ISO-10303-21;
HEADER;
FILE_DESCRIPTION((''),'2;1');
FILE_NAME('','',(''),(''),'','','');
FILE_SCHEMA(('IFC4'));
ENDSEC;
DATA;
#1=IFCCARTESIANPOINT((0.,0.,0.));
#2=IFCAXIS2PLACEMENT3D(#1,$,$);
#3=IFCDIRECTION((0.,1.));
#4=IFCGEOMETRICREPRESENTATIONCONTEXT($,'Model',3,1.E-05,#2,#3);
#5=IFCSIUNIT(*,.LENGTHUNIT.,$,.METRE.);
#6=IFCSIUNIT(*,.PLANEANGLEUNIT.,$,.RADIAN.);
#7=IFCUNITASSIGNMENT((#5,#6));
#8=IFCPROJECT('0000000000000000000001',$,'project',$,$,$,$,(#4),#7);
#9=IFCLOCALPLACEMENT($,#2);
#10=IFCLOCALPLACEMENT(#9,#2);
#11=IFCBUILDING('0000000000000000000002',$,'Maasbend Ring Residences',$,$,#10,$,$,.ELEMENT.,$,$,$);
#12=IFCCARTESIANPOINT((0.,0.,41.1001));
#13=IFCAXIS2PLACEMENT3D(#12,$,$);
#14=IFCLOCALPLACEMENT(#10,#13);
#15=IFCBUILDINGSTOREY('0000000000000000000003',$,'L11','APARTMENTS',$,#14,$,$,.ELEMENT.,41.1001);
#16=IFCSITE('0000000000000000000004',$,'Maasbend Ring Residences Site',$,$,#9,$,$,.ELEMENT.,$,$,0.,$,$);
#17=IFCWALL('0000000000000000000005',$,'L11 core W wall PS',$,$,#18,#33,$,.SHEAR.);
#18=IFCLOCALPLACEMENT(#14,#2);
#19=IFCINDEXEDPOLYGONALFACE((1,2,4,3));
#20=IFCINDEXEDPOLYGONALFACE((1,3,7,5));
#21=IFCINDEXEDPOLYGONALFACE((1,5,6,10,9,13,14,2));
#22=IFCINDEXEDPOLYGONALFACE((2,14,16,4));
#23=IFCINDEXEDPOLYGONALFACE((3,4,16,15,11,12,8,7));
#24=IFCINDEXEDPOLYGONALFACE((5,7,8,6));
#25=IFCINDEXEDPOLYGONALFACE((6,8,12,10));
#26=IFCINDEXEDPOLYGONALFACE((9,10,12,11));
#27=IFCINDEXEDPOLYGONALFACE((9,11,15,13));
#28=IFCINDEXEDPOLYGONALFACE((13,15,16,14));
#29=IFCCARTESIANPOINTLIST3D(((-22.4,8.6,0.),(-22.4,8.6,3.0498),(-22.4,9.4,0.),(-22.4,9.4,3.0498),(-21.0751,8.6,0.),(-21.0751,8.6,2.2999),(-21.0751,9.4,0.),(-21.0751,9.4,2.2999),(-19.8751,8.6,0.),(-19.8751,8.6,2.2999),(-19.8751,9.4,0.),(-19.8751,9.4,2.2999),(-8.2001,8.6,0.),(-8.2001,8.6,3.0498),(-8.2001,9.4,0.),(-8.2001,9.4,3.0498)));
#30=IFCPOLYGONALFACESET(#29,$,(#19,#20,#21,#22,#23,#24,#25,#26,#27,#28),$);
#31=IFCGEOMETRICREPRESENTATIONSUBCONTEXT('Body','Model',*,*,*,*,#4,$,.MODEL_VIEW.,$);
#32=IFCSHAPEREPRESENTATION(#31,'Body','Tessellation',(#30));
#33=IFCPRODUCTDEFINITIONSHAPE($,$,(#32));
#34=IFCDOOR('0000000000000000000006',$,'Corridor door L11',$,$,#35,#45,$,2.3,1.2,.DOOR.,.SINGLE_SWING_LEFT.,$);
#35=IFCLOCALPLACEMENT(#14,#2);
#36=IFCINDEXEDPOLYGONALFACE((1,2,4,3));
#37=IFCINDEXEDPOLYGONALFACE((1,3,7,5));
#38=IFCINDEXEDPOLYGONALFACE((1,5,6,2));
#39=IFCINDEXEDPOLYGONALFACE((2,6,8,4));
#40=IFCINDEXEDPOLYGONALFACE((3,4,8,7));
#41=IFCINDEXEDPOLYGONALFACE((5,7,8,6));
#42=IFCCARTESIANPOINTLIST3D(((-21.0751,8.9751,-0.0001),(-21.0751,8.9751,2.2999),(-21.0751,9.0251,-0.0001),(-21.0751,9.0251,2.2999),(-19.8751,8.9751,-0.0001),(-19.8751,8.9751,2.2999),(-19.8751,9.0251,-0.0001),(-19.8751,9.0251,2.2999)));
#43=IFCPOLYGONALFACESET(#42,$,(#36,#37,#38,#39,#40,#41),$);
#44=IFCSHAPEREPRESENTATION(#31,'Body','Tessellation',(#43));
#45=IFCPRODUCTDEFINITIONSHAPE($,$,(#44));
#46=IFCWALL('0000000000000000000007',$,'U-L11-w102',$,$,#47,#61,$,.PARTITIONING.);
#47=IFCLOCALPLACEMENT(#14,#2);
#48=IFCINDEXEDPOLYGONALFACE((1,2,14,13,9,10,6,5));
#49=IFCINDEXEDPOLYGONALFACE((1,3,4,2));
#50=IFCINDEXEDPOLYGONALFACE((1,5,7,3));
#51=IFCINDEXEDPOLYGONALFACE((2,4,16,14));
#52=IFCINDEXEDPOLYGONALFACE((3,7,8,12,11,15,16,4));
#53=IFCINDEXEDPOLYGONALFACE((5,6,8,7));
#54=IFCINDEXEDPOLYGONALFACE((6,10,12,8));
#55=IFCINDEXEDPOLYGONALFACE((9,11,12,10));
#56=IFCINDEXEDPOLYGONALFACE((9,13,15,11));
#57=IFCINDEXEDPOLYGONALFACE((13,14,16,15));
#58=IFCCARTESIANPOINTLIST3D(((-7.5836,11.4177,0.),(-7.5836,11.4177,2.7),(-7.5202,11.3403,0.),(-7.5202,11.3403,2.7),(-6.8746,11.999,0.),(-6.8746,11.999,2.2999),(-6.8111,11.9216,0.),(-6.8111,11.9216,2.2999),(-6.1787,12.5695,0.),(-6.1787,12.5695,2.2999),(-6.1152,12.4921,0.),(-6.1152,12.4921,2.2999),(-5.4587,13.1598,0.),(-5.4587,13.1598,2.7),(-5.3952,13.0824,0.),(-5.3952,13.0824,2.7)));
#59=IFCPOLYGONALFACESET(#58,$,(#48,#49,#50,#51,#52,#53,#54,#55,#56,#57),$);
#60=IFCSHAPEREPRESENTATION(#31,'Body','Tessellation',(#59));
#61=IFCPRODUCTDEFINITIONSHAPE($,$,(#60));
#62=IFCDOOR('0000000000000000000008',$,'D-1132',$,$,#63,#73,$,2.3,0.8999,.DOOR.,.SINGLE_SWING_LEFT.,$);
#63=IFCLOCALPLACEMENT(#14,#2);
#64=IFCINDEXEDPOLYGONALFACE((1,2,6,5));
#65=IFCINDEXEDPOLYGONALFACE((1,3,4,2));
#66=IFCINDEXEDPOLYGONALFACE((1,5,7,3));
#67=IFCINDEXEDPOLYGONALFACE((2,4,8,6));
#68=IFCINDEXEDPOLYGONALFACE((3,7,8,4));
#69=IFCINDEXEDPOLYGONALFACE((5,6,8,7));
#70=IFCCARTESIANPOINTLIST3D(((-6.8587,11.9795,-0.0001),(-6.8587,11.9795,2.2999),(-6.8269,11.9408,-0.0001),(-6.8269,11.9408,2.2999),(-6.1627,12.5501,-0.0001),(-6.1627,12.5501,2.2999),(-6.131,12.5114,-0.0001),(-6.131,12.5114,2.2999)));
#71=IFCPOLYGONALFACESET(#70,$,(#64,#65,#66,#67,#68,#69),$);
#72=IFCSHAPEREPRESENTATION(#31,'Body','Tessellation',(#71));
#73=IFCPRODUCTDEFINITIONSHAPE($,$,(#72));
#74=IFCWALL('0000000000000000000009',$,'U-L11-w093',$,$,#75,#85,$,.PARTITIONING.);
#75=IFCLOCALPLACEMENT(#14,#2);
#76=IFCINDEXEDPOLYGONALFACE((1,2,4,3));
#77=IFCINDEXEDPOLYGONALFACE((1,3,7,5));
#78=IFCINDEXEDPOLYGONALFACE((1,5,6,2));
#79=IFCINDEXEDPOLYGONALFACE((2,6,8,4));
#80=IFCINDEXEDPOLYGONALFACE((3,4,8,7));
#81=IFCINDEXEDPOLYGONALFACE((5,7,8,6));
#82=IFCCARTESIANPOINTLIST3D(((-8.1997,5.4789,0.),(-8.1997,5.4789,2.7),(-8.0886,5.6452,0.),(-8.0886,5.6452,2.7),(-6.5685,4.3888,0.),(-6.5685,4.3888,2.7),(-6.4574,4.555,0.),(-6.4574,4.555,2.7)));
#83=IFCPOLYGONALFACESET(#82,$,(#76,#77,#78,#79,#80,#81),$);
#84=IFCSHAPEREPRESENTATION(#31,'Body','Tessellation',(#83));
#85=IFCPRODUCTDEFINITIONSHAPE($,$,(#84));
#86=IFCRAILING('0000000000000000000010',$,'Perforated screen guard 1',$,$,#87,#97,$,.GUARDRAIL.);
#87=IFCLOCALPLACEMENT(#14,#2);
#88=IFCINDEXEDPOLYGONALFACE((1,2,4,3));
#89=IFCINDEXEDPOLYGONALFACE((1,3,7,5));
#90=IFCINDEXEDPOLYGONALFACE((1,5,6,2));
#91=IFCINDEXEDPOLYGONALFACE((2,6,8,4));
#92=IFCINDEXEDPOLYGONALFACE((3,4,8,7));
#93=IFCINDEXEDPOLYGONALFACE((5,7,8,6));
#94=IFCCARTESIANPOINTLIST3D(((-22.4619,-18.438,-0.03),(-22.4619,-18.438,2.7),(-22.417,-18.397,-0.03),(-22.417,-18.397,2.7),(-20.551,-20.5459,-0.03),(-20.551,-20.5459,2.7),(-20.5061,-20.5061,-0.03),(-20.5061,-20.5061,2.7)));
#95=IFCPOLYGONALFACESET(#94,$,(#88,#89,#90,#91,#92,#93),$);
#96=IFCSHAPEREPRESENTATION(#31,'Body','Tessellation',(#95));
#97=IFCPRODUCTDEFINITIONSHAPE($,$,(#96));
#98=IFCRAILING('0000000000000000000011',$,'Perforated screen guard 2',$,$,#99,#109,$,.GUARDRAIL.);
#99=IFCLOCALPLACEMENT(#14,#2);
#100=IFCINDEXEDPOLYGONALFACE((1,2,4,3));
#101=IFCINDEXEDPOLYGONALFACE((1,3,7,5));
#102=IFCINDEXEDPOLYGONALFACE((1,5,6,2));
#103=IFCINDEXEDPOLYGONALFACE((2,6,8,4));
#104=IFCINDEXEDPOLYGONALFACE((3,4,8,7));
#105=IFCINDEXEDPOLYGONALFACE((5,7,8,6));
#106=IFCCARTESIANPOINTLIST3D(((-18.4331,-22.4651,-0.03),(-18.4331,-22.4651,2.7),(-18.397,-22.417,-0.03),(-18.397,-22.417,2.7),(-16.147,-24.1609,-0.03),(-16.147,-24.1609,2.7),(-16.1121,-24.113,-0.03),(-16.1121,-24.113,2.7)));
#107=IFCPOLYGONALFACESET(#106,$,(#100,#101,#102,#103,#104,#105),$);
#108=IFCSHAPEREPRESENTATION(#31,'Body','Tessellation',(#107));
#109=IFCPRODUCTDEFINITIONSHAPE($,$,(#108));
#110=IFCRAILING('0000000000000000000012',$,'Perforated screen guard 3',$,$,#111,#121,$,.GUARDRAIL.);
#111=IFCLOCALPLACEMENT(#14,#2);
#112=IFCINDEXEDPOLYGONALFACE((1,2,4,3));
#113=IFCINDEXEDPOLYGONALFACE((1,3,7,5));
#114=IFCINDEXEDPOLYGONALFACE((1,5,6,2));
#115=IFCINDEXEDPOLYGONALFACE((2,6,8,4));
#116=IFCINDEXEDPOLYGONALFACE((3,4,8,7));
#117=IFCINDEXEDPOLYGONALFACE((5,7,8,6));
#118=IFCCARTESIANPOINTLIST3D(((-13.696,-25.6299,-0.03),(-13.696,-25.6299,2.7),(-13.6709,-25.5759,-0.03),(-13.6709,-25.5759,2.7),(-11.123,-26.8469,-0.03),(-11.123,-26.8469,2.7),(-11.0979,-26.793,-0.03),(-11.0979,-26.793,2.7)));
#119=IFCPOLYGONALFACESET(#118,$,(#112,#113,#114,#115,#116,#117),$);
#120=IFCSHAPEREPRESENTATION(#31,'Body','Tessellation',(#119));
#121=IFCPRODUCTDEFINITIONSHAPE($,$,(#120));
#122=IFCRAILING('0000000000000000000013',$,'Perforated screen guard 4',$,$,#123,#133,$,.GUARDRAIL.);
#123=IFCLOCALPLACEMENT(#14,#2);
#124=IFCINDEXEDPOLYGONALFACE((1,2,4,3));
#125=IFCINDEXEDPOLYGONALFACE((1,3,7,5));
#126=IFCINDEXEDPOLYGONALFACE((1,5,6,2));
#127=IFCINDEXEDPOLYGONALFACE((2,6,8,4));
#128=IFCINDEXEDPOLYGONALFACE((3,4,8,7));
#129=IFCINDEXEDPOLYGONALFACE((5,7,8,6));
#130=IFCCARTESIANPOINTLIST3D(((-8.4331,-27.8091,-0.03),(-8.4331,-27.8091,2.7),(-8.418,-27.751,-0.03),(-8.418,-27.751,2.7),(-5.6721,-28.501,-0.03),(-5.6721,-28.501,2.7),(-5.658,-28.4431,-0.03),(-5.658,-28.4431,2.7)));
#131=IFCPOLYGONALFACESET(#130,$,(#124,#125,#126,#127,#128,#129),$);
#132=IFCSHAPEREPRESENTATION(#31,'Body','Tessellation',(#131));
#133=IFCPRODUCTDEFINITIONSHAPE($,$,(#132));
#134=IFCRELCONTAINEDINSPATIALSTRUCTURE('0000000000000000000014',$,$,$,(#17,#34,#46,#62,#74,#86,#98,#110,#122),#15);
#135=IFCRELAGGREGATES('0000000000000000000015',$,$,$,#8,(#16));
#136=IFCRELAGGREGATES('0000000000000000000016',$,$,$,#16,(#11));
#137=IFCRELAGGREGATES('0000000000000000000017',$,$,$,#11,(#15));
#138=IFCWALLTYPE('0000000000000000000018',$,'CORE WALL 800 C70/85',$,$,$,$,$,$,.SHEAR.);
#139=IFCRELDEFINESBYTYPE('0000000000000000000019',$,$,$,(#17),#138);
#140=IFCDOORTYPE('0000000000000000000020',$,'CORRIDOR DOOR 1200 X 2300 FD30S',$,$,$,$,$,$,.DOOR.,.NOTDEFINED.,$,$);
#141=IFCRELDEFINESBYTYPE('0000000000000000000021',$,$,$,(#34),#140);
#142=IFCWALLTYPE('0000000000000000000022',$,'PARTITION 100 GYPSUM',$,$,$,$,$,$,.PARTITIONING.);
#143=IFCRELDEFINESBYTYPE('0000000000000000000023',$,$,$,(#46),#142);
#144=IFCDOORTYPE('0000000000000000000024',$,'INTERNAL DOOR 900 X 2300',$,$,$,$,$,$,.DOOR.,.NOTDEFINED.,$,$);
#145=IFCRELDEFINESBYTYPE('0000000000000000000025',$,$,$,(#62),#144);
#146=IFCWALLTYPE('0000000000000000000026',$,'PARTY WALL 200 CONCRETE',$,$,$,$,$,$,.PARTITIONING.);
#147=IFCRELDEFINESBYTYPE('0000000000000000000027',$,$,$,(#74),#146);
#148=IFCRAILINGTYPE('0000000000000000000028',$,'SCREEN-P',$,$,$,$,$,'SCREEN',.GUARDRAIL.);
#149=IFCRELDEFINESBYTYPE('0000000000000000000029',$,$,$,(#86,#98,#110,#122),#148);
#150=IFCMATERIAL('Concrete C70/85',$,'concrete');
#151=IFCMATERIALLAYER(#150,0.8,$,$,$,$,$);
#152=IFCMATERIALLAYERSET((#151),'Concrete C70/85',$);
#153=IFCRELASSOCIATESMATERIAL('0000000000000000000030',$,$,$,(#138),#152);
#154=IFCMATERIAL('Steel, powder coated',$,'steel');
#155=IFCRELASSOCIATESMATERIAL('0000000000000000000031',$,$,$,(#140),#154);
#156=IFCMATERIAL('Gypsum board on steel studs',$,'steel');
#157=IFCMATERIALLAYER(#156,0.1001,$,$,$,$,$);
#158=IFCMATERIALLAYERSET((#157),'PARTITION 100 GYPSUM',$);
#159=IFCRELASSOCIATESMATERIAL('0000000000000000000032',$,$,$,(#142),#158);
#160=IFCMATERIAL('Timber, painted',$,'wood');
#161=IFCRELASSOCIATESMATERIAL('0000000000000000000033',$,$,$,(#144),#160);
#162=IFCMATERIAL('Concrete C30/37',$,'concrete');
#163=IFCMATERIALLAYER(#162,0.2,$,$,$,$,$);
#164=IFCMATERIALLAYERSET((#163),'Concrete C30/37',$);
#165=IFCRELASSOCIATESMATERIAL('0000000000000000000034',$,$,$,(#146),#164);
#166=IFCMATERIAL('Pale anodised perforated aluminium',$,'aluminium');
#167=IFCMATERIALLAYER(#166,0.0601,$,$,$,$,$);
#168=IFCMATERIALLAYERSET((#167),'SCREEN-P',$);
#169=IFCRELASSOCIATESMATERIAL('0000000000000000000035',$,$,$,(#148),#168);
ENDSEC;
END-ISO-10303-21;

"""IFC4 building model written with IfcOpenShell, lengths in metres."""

from ifc_helpers import new_model, si_unit, direction, frame, frame_2d, origin, place, context, subcontext, project, spatial, polyline, rectangle, outline, extrude, material, layer, layer_set, type_object, element, fill, save


model = new_model("IFC4")

# Units and contexts
model_context = context("Model", 3, precision=1e-05, world=origin(), true_north=direction((0.0, 1.0)))
body_context = subcontext(model_context, "Body", "Model", "MODEL_VIEW")
ifc_project = project(units=[si_unit("LENGTHUNIT", "METRE"), si_unit("PLANEANGLEUNIT", "RADIAN")], contexts=[model_context])

# Site, building, storey
site_placement = place(None, origin())
site = spatial("IfcSite", under=ifc_project, at=site_placement, Name="Maasbend Ring Residences Site", CompositionType="ELEMENT", RefElevation=0.0)
building_placement = place(site_placement, origin())
building = spatial("IfcBuilding", under=site, at=building_placement, Name="Maasbend Ring Residences", CompositionType="ELEMENT")
storey_placement = place(building_placement, frame((0.0, 0.0, 41.1001)))
storey = spatial("IfcBuildingStorey", under=building, at=storey_placement, Name="L11", Description="APARTMENTS", CompositionType="ELEMENT", Elevation=41.1001)

# Walls, openings, doors
ifc_material_1 = material(Name="Concrete C70/85", Category="concrete")
ifc_layer_1 = layer(ifc_material_1, 0.8)
ifc_layer_set_1 = layer_set([ifc_layer_1], Name="Concrete C70/85")
wall_type_1 = type_object("IfcWallType", Name="CORE WALL 800 C70/85", PredefinedType="SHEAR", material=ifc_layer_set_1)
wall_1_placement = place(storey_placement, frame((-8.2, 9.0, 0.0), z_axis=(0.0, 0.0, 1.0), x_axis=(-1.0, 0.0, 0.0)))
wall_1 = element("IfcWall", 1, at=wall_1_placement, inside=storey, type_object=wall_type_1, Name="L11 core W wall PS", PredefinedType="SHEAR", context=body_context, shape_type="SweptSolid", body=[
    extrude(rectangle(XDim=14.2, YDim=0.8, at=frame_2d((7.1001, 0.0))), origin(), (0.0, 0.0, 1.0), 3.0498),
])
opening_1_placement = place(wall_1_placement, frame((11.675, 0.0, 0.0)))
opening_1 = element("IfcOpeningElement", 2, at=opening_1_placement, cuts=wall_1, PredefinedType="OPENING", context=body_context, shape_type="SweptSolid", body=[
    extrude(rectangle(XDim=1.2, YDim=2.3, at=frame_2d((0.6001, 1.1499))), frame((0.0, 0.4102, 0.0), z_axis=(0.0, -1.0, 0.0), x_axis=(1.0, 0.0, 0.0)), (0.0, 0.0, 1.0), 0.8201),
])
ifc_material_2 = material(Name="Steel, powder coated", Category="steel")
door_type_1 = type_object("IfcDoorType", Name="CORRIDOR DOOR 1200 X 2300 FD30S", OperationType="NOTDEFINED", PredefinedType="DOOR", material=ifc_material_2)
door_1_placement = place(opening_1_placement, origin())
door_1 = element("IfcDoor", 3, at=door_1_placement, inside=storey, type_object=door_type_1, Name="Corridor door L11", OperationType="SINGLE_SWING_LEFT", OverallHeight=2.3, OverallWidth=1.2, PredefinedType="DOOR", context=body_context, shape_type="SweptSolid", body=[
    extrude(rectangle(XDim=1.2, YDim=2.3, at=frame_2d((0.6001, 1.1499))), frame((0.0, 0.0249, 0.0), z_axis=(0.0, -1.0, 0.0), x_axis=(1.0, 0.0, 0.0)), (0.0, 0.0, 1.0), 0.05),
])
fill(opening_1, door_1)
ifc_material_3 = material(Name="Gypsum board on steel studs", Category="steel")
ifc_layer_2 = layer(ifc_material_3, 0.1001)
ifc_layer_set_2 = layer_set([ifc_layer_2], Name="PARTITION 100 GYPSUM")
wall_type_2 = type_object("IfcWallType", Name="PARTITION 100 GYPSUM", PredefinedType="PARTITIONING", material=ifc_layer_set_2)
wall_2_placement = place(storey_placement, frame((-7.552, 11.3789, 0.0), z_axis=(0.0, 0.0, 1.0), x_axis=(0.773324, 0.634012, 0.0)))
wall_2 = element("IfcWall", 4, at=wall_2_placement, inside=storey, type_object=wall_type_2, Name="U-L11-w102", PredefinedType="PARTITIONING", context=body_context, shape_type="SweptSolid", body=[
    extrude(rectangle(XDim=2.7478, YDim=0.1001, at=frame_2d((1.374, 0.0))), origin(), (0.0, 0.0, 1.0), 2.7),
])
opening_2_placement = place(wall_2_placement, frame((0.917, 0.0, 0.0)))
opening_2 = element("IfcOpeningElement", 5, at=opening_2_placement, cuts=wall_2, PredefinedType="OPENING", context=body_context, shape_type="SweptSolid", body=[
    extrude(rectangle(XDim=0.8999, YDim=2.3, at=frame_2d((0.45, 1.1499))), frame((0.0, 0.0601, 0.0), z_axis=(0.0, -1.0, 0.0), x_axis=(1.0, 0.0, 0.0)), (0.0, 0.0, 1.0), 0.1201),
])
ifc_material_4 = material(Name="Timber, painted", Category="wood")
door_type_2 = type_object("IfcDoorType", Name="INTERNAL DOOR 900 X 2300", OperationType="NOTDEFINED", PredefinedType="DOOR", material=ifc_material_4)
door_2_placement = place(opening_2_placement, origin())
door_2 = element("IfcDoor", 6, at=door_2_placement, inside=storey, type_object=door_type_2, Name="D-1132", OperationType="SINGLE_SWING_LEFT", OverallHeight=2.3, OverallWidth=0.8999, PredefinedType="DOOR", context=body_context, shape_type="SweptSolid", body=[
    extrude(rectangle(XDim=0.8999, YDim=2.3, at=frame_2d((0.45, 1.1499))), frame((0.0, 0.0249, 0.0), z_axis=(0.0, -1.0, 0.0), x_axis=(1.0, 0.0, 0.0)), (0.0, 0.0, 1.0), 0.05),
])
fill(opening_2, door_2)

# Wall
ifc_material_5 = material(Name="Concrete C30/37", Category="concrete")
ifc_layer_3 = layer(ifc_material_5, 0.2)
ifc_layer_set_3 = layer_set([ifc_layer_3], Name="Concrete C30/37")
wall_type_3 = type_object("IfcWallType", Name="PARTY WALL 200 CONCRETE", PredefinedType="PARTITIONING", material=ifc_layer_set_3)
wall_3_placement = place(storey_placement, frame((-6.5129, 4.4719, 0.0), z_axis=(0.0, 0.0, 1.0), x_axis=(-0.831418, 0.555648, 0.0)))
element("IfcWall", 7, at=wall_3_placement, inside=storey, type_object=wall_type_3, Name="U-L11-w093", PredefinedType="PARTITIONING", context=body_context, shape_type="SweptSolid", body=[
    extrude(rectangle(XDim=1.9619, YDim=0.2, at=frame_2d((0.981, 0.0))), origin(), (0.0, 0.0, 1.0), 2.7),
])

# Railings
ifc_material_6 = material(Name="Pale anodised perforated aluminium", Category="aluminium")
ifc_layer_4 = layer(ifc_material_6, 0.0601)
ifc_layer_set_4 = layer_set([ifc_layer_4], Name="SCREEN-P")
railing_type = type_object("IfcRailingType", Name="SCREEN-P", ElementType="SCREEN", PredefinedType="GUARDRAIL", material=ifc_layer_set_4)
railing_1_placement = place(storey_placement, frame((0.0, 0.0, -0.03)))
element("IfcRailing", 8, at=railing_1_placement, inside=storey, type_object=railing_type, Name="Perforated screen guard 1", PredefinedType="GUARDRAIL", context=body_context, shape_type="SweptSolid", body=[
    extrude(outline(polyline([(-22.417, -18.397), (-20.5061, -20.5061), (-20.551, -20.5459), (-22.4619, -18.438), (-22.417, -18.397)])), origin(), (0.0, 0.0, 1.0), 2.73),
])
railing_2_placement = place(storey_placement, frame((0.0, 0.0, -0.03)))
element("IfcRailing", 9, at=railing_2_placement, inside=storey, type_object=railing_type, Name="Perforated screen guard 2", PredefinedType="GUARDRAIL", context=body_context, shape_type="SweptSolid", body=[
    extrude(outline(polyline([(-18.397, -22.417), (-16.1121, -24.113), (-16.147, -24.1609), (-18.4331, -22.4651), (-18.397, -22.417)])), origin(), (0.0, 0.0, 1.0), 2.73),
])
railing_3_placement = place(storey_placement, frame((0.0, 0.0, -0.03)))
element("IfcRailing", 10, at=railing_3_placement, inside=storey, type_object=railing_type, Name="Perforated screen guard 3", PredefinedType="GUARDRAIL", context=body_context, shape_type="SweptSolid", body=[
    extrude(outline(polyline([(-13.6709, -25.5759), (-11.0979, -26.793), (-11.123, -26.8469), (-13.696, -25.6299), (-13.6709, -25.5759)])), origin(), (0.0, 0.0, 1.0), 2.73),
])
railing_4_placement = place(storey_placement, frame((0.0, 0.0, -0.03)))
element("IfcRailing", 11, at=railing_4_placement, inside=storey, type_object=railing_type, Name="Perforated screen guard 4", PredefinedType="GUARDRAIL", context=body_context, shape_type="SweptSolid", body=[
    extrude(outline(polyline([(-8.418, -27.751), (-5.658, -28.4431), (-5.6721, -28.501), (-8.4331, -27.8091), (-8.418, -27.751)])), origin(), (0.0, 0.0, 1.0), 2.73),
])

save(model, "model.ifc")
